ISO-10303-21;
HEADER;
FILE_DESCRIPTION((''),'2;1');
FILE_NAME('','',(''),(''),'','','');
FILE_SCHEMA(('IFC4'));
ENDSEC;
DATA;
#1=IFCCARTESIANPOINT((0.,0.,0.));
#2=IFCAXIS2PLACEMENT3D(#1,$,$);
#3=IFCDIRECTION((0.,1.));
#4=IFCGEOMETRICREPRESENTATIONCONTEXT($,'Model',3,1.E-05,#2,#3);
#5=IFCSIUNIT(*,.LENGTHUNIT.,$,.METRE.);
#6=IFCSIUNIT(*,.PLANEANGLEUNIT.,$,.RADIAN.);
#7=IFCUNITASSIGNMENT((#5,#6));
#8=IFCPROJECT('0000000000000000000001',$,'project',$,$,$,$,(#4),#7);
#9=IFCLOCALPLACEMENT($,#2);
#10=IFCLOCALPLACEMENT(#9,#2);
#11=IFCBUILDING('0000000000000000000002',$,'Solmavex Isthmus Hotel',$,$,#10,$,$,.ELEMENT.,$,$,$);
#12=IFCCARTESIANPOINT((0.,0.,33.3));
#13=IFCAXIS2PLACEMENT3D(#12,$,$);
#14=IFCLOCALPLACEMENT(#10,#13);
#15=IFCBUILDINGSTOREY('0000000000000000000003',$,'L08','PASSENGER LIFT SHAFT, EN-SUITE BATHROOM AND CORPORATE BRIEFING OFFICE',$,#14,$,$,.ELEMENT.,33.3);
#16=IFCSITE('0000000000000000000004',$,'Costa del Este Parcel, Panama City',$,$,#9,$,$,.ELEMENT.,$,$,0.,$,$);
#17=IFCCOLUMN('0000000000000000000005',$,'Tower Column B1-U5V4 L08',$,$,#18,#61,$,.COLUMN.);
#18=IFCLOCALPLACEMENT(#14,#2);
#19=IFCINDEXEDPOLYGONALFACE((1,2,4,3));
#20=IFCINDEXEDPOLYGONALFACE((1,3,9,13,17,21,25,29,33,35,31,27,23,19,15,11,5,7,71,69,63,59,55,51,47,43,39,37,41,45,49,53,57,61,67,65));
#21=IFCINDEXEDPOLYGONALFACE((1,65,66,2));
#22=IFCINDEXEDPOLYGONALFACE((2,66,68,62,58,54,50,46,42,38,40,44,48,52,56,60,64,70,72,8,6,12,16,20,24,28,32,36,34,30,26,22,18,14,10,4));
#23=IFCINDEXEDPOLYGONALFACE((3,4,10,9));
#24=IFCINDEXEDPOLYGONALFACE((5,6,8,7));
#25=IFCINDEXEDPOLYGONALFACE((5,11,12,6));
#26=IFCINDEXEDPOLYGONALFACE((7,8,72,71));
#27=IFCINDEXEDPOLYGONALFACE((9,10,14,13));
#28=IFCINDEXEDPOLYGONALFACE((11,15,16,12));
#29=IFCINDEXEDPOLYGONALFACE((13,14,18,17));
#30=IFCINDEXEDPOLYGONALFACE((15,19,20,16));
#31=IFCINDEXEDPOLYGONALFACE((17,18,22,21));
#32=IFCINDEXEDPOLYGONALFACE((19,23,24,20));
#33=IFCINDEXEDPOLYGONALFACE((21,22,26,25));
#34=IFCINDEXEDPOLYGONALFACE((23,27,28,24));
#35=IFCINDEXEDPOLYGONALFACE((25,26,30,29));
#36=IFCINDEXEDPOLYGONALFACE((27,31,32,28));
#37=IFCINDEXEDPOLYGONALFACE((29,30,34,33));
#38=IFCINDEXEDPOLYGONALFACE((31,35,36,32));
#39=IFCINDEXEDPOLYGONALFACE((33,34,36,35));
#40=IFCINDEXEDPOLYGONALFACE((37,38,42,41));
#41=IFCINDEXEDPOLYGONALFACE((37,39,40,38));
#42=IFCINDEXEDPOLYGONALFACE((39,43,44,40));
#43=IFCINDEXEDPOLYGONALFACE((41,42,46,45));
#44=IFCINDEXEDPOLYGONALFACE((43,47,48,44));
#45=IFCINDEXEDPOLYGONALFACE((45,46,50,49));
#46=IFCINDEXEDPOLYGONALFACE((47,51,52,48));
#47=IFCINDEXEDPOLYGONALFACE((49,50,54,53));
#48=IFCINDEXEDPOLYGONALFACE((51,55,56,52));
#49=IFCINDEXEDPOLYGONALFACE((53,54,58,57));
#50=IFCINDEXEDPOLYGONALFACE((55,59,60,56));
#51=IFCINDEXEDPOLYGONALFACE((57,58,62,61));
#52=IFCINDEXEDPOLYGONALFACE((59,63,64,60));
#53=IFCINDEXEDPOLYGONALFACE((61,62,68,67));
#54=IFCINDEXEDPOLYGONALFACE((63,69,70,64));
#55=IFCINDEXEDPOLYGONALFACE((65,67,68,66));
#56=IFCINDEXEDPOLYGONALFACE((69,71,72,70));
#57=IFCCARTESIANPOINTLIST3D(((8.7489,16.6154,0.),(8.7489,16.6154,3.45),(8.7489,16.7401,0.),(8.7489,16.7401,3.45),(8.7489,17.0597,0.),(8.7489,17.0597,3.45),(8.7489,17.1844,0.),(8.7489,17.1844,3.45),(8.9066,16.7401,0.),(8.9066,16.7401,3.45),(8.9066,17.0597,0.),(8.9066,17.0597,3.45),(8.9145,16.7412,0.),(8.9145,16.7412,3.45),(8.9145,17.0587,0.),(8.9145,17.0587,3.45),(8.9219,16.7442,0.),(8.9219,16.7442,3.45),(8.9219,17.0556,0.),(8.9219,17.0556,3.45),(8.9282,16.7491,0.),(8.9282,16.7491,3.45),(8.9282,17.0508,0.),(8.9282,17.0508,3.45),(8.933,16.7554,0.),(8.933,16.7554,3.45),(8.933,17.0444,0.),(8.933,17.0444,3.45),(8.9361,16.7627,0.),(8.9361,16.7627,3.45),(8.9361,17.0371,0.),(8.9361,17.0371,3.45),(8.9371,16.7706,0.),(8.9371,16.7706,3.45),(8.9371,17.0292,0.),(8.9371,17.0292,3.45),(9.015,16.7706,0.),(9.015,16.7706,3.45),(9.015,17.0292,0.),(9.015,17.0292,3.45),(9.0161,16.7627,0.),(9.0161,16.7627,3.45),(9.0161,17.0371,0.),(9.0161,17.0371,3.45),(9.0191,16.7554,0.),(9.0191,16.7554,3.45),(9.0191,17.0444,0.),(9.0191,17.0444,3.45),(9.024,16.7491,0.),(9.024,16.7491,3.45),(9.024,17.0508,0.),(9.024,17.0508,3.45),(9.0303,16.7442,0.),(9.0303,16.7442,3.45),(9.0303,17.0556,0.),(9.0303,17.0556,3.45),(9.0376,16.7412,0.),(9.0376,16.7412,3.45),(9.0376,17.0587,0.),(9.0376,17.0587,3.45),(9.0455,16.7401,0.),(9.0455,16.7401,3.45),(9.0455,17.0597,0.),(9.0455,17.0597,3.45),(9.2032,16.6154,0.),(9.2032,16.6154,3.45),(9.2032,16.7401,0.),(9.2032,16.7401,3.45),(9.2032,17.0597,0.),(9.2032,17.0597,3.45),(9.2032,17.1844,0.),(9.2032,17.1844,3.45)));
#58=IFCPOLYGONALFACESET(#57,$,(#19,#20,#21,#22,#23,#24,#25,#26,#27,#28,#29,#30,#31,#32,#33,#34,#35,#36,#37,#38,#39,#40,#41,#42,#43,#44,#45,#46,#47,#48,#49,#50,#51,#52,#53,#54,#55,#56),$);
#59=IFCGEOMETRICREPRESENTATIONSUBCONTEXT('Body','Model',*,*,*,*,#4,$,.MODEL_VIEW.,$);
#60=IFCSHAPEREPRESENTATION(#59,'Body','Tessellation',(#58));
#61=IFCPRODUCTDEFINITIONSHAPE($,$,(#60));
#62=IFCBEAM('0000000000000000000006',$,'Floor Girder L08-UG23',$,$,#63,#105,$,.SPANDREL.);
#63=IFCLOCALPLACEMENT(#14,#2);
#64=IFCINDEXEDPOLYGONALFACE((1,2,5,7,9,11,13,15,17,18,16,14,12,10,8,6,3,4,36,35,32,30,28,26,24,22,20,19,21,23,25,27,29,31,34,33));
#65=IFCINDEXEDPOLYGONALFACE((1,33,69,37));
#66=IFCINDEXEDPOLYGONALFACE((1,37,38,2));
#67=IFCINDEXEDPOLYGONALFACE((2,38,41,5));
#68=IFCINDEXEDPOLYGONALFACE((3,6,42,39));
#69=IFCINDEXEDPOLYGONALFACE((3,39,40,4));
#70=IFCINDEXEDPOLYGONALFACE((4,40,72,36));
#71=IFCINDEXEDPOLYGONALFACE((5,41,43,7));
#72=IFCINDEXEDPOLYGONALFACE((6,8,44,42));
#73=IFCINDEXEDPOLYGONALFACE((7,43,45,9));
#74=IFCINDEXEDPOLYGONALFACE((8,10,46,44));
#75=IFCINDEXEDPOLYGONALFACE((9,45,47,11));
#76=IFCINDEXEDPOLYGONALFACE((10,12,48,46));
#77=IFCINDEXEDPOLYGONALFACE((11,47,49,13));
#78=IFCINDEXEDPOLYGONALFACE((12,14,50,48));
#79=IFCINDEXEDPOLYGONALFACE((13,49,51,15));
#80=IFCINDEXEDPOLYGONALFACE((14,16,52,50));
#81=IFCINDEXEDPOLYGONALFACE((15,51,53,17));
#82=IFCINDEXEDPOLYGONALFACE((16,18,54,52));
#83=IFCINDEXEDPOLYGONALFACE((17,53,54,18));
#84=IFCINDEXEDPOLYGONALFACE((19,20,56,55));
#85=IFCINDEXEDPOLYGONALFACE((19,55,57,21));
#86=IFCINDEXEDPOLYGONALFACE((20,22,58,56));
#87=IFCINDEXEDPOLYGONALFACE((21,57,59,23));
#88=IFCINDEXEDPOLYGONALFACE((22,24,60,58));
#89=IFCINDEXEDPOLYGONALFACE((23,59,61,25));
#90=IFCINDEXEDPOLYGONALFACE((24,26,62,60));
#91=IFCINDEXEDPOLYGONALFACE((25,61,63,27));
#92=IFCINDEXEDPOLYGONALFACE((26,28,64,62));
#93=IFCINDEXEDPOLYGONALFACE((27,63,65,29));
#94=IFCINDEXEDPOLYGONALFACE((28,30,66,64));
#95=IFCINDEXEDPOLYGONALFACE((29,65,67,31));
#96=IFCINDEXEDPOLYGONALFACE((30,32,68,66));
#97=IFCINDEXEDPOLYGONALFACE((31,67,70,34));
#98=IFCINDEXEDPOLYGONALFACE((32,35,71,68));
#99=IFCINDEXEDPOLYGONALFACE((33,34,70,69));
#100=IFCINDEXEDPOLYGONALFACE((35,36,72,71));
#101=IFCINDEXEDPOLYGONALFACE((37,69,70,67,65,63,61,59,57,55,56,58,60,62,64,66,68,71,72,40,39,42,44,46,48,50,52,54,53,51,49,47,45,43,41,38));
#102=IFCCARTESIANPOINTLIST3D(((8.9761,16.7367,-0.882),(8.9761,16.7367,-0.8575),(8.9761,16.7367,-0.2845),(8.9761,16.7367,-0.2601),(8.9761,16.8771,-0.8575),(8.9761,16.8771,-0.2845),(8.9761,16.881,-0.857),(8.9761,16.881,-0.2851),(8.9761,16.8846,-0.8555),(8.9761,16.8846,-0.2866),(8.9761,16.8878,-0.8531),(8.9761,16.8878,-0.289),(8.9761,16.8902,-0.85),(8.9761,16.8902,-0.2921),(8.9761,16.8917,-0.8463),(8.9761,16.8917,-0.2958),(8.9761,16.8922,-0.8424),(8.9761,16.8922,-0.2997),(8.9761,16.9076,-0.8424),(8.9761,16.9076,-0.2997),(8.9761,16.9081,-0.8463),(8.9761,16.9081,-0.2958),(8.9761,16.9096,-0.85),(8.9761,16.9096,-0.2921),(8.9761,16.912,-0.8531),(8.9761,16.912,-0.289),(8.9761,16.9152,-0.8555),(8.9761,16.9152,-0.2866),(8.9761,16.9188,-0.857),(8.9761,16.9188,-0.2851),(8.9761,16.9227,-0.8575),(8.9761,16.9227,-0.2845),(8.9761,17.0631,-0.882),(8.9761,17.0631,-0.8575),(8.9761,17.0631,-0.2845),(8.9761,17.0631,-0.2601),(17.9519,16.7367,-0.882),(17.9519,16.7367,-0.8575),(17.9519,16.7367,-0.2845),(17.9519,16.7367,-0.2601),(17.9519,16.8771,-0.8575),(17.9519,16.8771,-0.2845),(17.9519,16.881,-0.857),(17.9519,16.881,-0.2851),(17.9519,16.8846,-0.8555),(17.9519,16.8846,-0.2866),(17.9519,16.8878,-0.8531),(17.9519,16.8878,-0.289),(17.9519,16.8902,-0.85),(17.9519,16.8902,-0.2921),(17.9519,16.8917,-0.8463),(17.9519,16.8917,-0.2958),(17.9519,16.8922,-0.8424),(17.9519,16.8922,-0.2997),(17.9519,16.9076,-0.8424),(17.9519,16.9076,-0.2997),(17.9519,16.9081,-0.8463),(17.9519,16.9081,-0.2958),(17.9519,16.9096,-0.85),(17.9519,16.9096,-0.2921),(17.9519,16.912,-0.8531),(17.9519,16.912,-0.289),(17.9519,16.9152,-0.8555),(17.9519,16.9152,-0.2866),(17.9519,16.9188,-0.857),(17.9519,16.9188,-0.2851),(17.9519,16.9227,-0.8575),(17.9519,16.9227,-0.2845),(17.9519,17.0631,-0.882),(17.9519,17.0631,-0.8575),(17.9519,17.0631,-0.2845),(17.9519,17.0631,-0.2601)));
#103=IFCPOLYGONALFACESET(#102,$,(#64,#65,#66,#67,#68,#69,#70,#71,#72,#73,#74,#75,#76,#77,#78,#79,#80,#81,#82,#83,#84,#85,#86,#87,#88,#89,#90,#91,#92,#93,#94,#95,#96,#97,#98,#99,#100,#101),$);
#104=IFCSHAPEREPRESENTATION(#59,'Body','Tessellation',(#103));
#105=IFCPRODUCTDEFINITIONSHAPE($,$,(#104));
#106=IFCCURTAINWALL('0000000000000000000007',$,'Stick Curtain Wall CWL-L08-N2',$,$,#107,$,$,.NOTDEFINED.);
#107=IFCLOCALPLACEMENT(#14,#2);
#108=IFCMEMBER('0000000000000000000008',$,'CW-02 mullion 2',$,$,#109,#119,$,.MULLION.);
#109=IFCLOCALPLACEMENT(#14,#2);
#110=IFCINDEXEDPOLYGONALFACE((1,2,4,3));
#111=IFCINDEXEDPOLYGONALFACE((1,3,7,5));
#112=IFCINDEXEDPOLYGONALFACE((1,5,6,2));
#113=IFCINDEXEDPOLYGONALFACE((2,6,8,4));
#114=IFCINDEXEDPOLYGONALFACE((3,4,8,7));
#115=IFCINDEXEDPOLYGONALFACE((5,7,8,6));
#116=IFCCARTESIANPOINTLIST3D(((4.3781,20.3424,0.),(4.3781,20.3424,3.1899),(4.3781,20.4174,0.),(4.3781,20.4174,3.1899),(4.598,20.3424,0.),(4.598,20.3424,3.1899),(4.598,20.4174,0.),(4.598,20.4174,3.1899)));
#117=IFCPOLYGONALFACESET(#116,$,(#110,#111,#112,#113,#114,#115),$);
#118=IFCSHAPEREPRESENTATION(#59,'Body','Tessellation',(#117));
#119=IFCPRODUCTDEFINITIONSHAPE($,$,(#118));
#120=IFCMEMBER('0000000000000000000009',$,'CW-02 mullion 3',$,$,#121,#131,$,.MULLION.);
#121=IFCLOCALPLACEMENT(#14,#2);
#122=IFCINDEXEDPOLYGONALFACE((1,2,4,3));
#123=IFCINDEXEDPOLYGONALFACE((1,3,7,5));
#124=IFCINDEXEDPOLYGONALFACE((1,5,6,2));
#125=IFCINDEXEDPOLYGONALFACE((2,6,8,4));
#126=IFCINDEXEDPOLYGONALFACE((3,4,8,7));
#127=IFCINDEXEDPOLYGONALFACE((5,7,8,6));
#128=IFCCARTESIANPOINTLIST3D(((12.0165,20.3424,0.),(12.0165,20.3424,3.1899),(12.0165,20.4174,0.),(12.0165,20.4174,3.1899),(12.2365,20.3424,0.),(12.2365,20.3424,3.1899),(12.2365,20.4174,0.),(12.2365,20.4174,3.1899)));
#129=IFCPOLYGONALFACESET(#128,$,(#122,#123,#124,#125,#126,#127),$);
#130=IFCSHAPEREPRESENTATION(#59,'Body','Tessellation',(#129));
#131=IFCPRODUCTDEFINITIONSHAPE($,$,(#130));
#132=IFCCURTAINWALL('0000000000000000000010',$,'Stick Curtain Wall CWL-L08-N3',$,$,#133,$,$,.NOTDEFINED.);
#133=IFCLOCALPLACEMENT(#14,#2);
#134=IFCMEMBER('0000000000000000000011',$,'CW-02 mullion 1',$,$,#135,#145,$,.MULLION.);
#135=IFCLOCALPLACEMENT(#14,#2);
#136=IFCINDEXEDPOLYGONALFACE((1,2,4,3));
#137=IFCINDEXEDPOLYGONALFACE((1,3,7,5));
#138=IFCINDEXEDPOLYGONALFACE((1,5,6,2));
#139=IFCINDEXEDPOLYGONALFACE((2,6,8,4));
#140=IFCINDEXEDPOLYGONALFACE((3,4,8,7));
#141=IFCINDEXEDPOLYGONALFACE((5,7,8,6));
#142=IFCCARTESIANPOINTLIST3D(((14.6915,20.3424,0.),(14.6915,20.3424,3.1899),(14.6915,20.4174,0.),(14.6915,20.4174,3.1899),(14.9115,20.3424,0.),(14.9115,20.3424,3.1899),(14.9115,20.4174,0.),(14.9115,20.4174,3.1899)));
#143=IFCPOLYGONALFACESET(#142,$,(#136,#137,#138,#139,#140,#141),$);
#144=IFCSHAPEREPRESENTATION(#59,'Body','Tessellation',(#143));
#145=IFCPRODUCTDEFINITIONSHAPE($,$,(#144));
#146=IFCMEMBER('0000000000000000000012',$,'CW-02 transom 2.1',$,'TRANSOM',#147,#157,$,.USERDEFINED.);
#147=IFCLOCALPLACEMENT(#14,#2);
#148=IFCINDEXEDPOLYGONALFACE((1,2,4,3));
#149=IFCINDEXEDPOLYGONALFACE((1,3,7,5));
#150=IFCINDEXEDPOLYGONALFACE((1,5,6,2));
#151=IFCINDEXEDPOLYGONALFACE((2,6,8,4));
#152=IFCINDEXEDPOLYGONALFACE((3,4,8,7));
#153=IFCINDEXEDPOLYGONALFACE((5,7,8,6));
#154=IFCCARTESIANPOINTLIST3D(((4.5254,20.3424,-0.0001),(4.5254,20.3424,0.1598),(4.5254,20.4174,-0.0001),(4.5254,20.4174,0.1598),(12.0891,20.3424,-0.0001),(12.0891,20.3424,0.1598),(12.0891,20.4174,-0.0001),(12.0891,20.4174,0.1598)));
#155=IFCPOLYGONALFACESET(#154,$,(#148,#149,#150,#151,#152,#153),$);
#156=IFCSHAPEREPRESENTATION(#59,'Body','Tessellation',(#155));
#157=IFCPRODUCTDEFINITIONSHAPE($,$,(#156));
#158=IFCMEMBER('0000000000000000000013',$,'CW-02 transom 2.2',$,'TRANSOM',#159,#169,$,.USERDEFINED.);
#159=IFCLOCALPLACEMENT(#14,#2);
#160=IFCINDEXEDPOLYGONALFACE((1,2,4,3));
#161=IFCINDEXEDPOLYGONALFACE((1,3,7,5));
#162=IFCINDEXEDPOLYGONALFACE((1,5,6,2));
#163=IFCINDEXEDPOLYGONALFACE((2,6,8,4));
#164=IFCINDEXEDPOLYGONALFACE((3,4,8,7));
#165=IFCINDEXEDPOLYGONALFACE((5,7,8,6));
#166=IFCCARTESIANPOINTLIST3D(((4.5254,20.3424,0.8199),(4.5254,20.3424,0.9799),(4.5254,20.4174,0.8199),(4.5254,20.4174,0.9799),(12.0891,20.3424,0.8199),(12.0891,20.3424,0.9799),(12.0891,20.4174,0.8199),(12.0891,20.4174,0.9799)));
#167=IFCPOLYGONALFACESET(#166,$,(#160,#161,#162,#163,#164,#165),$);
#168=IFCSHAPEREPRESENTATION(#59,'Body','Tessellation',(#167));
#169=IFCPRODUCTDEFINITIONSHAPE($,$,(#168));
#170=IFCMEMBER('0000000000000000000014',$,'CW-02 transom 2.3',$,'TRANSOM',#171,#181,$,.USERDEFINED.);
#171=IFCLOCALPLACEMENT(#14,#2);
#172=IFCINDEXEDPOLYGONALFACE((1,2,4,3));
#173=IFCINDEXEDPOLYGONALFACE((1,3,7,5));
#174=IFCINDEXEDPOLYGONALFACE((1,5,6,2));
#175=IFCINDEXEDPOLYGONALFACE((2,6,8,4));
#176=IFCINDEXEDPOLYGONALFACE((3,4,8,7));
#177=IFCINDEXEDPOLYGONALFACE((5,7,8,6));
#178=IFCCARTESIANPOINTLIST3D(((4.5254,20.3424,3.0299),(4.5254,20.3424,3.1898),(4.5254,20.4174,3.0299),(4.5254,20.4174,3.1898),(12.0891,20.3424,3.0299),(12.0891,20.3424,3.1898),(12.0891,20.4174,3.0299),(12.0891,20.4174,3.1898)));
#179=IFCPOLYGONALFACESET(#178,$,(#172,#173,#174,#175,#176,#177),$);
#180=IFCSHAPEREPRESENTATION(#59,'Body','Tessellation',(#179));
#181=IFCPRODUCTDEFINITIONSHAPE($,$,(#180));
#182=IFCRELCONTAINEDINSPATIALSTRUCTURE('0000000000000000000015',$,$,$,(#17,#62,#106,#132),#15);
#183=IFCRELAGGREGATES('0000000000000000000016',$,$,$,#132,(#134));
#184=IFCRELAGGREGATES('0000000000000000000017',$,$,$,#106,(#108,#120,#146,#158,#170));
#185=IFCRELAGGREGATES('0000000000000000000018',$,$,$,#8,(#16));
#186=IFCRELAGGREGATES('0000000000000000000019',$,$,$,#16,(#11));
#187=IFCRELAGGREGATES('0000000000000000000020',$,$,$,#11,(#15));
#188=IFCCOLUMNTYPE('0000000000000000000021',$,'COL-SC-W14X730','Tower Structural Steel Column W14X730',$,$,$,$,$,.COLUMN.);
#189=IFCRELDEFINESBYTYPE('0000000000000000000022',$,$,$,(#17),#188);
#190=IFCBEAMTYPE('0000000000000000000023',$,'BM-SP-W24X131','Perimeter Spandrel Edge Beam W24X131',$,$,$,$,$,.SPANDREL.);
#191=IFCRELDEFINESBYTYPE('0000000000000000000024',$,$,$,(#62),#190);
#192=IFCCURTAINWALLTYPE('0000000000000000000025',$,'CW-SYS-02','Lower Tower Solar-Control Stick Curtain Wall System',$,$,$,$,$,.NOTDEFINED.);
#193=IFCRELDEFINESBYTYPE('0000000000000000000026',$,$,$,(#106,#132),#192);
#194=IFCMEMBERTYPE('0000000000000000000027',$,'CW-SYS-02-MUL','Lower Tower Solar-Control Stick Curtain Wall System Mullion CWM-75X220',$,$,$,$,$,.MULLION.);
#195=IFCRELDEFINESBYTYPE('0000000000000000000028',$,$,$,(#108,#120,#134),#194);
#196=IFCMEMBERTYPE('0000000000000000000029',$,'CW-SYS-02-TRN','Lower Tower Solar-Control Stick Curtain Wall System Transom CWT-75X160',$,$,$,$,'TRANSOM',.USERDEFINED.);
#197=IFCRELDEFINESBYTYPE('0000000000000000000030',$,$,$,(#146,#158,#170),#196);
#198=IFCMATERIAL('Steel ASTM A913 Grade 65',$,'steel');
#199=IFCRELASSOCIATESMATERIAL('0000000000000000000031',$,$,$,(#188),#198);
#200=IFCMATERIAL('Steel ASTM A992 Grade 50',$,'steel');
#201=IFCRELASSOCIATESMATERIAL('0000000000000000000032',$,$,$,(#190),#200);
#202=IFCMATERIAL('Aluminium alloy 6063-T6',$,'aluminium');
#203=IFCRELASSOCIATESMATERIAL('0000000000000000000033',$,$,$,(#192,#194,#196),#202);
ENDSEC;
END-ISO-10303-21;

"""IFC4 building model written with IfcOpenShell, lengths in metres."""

from ifc_helpers import new_model, si_unit, direction, frame, origin, origin_2d, place, context, subcontext, project, spatial, rectangle, i_section, extrude, material, material_profile, profile_set, type_object, element, aggregate, save


model = new_model("IFC4")

# Units and contexts
model_context = context("Model", 3, precision=1e-05, world=origin(), true_north=direction((0.0, 1.0)))
body_context = subcontext(model_context, "Body", "Model", "MODEL_VIEW")
ifc_project = project(units=[si_unit("LENGTHUNIT", "METRE"), si_unit("PLANEANGLEUNIT", "RADIAN")], contexts=[model_context])

# Site, building, storey
site_placement = place(None, origin())
site = spatial("IfcSite", under=ifc_project, at=site_placement, Name="Costa del Este Parcel, Panama City", CompositionType="ELEMENT", RefElevation=0.0)
building_placement = place(site_placement, origin())
building = spatial("IfcBuilding", under=site, at=building_placement, Name="Solmavex Isthmus Hotel", CompositionType="ELEMENT")
storey_placement = place(building_placement, frame((0.0, 0.0, 33.3)))
storey = spatial("IfcBuildingStorey", under=building, at=storey_placement, Name="L08", Description="PASSENGER LIFT SHAFT, EN-SUITE BATHROOM AND CORPORATE BRIEFING OFFICE", CompositionType="ELEMENT", Elevation=33.3)

# Column
ifc_material_1 = material(Name="Steel ASTM A913 Grade 65", Category="steel")
ifc_material_profile_1 = material_profile(ifc_material_1, i_section(OverallWidth=0.4543, OverallDepth=0.5691, WebThickness=0.0779, FlangeThickness=0.1248, FilletRadius=0.0305, at=origin_2d()), Name="W14X730")
ifc_profile_set_1 = profile_set([ifc_material_profile_1], Name="Steel ASTM A913 Grade 65")
column_type = type_object("IfcColumnType", Name="COL-SC-W14X730", Description="Tower Structural Steel Column W14X730", PredefinedType="COLUMN", material=ifc_profile_set_1)
column_placement = place(storey_placement, frame((8.9761, 16.8999, 0.0), z_axis=(0.0, 0.0, 1.0), x_axis=(1.0, 0.0, 0.0)))
element("IfcColumn", 1, at=column_placement, inside=storey, type_object=column_type, Name="Tower Column B1-U5V4 L08", PredefinedType="COLUMN", context=body_context, shape_type="SweptSolid", body=[
    extrude(i_section(OverallWidth=0.4543, OverallDepth=0.5691, WebThickness=0.0779, FlangeThickness=0.1248, FilletRadius=0.0305, at=origin_2d()), origin(), (0.0, 0.0, 1.0), 3.45),
])

# Beam
ifc_material_2 = material(Name="Steel ASTM A992 Grade 50", Category="steel")
ifc_material_profile_2 = material_profile(ifc_material_2, i_section(OverallWidth=0.3264, OverallDepth=0.6218, WebThickness=0.0154, FlangeThickness=0.0244, FilletRadius=0.0151, at=origin_2d()), Name="W24X131")
ifc_profile_set_2 = profile_set([ifc_material_profile_2], Name="Steel ASTM A992 Grade 50")
beam_type = type_object("IfcBeamType", Name="BM-SP-W24X131", Description="Perimeter Spandrel Edge Beam W24X131", PredefinedType="SPANDREL", material=ifc_profile_set_2)
beam_placement = place(storey_placement, frame((8.9761, 16.8999, -0.571), z_axis=(1.0, 0.0, 0.0), x_axis=(0.0, 1.0, 0.0)))
element("IfcBeam", 2, at=beam_placement, inside=storey, type_object=beam_type, Name="Floor Girder L08-UG23", PredefinedType="SPANDREL", context=body_context, shape_type="SweptSolid", body=[
    extrude(i_section(OverallWidth=0.3264, OverallDepth=0.6218, WebThickness=0.0154, FlangeThickness=0.0244, FilletRadius=0.0151, at=origin_2d()), origin(), (0.0, 0.0, 1.0), 8.9758),
])

# Curtain wall, members
ifc_material_3 = material(Name="Aluminium alloy 6063-T6", Category="aluminium")
curtain_wall_type = type_object("IfcCurtainWallType", Name="CW-SYS-02", Description="Lower Tower Solar-Control Stick Curtain Wall System", PredefinedType="NOTDEFINED", material=ifc_material_3)
curtain_wall_1_placement = place(storey_placement, origin())
curtain_wall_1 = element("IfcCurtainWall", 3, at=curtain_wall_1_placement, inside=storey, type_object=curtain_wall_type, Name="Stick Curtain Wall CWL-L08-N2", PredefinedType="NOTDEFINED")
ifc_material_profile_3 = material_profile(ifc_material_3, rectangle(XDim=0.075, YDim=0.22, at=origin_2d()), Name="CWM-75X220")
ifc_profile_set_3 = profile_set([ifc_material_profile_3], Name="Aluminium alloy 6063-T6")
member_type_1 = type_object("IfcMemberType", Name="CW-SYS-02-MUL", Description="Lower Tower Solar-Control Stick Curtain Wall System Mullion CWM-75X220", PredefinedType="MULLION", material=ifc_profile_set_3)
member_1_placement = place(storey_placement, frame((4.488, 20.3799, 0.0), z_axis=(0.0, 0.0, 1.0), x_axis=(0.0, 1.0, 0.0)))
member_1 = element("IfcMember", 4, at=member_1_placement, type_object=member_type_1, Name="CW-02 mullion 2", PredefinedType="MULLION", context=body_context, shape_type="SweptSolid", body=[
    extrude(rectangle(XDim=0.075, YDim=0.22, at=origin_2d()), origin(), (0.0, 0.0, 1.0), 3.1899),
])
member_2_placement = place(storey_placement, frame((12.1265, 20.3799, 0.0), z_axis=(0.0, 0.0, 1.0), x_axis=(0.0, 1.0, 0.0)))
member_2 = element("IfcMember", 5, at=member_2_placement, type_object=member_type_1, Name="CW-02 mullion 3", PredefinedType="MULLION", context=body_context, shape_type="SweptSolid", body=[
    extrude(rectangle(XDim=0.075, YDim=0.22, at=origin_2d()), origin(), (0.0, 0.0, 1.0), 3.1899),
])

# Curtain wall, member
curtain_wall_2_placement = place(storey_placement, origin())
curtain_wall_2 = element("IfcCurtainWall", 6, at=curtain_wall_2_placement, inside=storey, type_object=curtain_wall_type, Name="Stick Curtain Wall CWL-L08-N3", PredefinedType="NOTDEFINED")
member_3_placement = place(storey_placement, frame((14.8015, 20.3799, 0.0), z_axis=(0.0, 0.0, 1.0), x_axis=(0.0, 1.0, 0.0)))
member_3 = element("IfcMember", 7, at=member_3_placement, type_object=member_type_1, Name="CW-02 mullion 1", PredefinedType="MULLION", context=body_context, shape_type="SweptSolid", body=[
    extrude(rectangle(XDim=0.075, YDim=0.22, at=origin_2d()), origin(), (0.0, 0.0, 1.0), 3.1899),
])
aggregate(curtain_wall_2, [member_3])

# Members
ifc_material_profile_4 = material_profile(ifc_material_3, rectangle(XDim=0.075, YDim=0.1599, at=origin_2d()), Name="CWT-75X160")
ifc_profile_set_4 = profile_set([ifc_material_profile_4], Name="Aluminium alloy 6063-T6")
member_type_2 = type_object("IfcMemberType", Name="CW-SYS-02-TRN", Description="Lower Tower Solar-Control Stick Curtain Wall System Transom CWT-75X160", ElementType="TRANSOM", PredefinedType="USERDEFINED", material=ifc_profile_set_4)
member_4_placement = place(storey_placement, frame((4.5254, 20.3799, 0.0798), z_axis=(1.0, 0.0, 0.0), x_axis=(0.0, 1.0, 0.0)))
member_4 = element("IfcMember", 8, at=member_4_placement, type_object=member_type_2, Name="CW-02 transom 2.1", ObjectType="TRANSOM", PredefinedType="USERDEFINED", context=body_context, shape_type="SweptSolid", body=[
    extrude(rectangle(XDim=0.075, YDim=0.1599, at=origin_2d()), origin(), (0.0, 0.0, 1.0), 7.5637),
])
member_5_placement = place(storey_placement, frame((4.5254, 20.3799, 0.8999), z_axis=(1.0, 0.0, 0.0), x_axis=(0.0, 1.0, 0.0)))
member_5 = element("IfcMember", 9, at=member_5_placement, type_object=member_type_2, Name="CW-02 transom 2.2", ObjectType="TRANSOM", PredefinedType="USERDEFINED", context=body_context, shape_type="SweptSolid", body=[
    extrude(rectangle(XDim=0.075, YDim=0.1599, at=origin_2d()), origin(), (0.0, 0.0, 1.0), 7.5637),
])
member_6_placement = place(storey_placement, frame((4.5254, 20.3799, 3.1099), z_axis=(1.0, 0.0, 0.0), x_axis=(0.0, 1.0, 0.0)))
member_6 = element("IfcMember", 10, at=member_6_placement, type_object=member_type_2, Name="CW-02 transom 2.3", ObjectType="TRANSOM", PredefinedType="USERDEFINED", context=body_context, shape_type="SweptSolid", body=[
    extrude(rectangle(XDim=0.075, YDim=0.1599, at=origin_2d()), origin(), (0.0, 0.0, 1.0), 7.5637),
])

aggregate(curtain_wall_1, [member_1, member_2, member_4, member_5, member_6])

save(model, "model.ifc")
